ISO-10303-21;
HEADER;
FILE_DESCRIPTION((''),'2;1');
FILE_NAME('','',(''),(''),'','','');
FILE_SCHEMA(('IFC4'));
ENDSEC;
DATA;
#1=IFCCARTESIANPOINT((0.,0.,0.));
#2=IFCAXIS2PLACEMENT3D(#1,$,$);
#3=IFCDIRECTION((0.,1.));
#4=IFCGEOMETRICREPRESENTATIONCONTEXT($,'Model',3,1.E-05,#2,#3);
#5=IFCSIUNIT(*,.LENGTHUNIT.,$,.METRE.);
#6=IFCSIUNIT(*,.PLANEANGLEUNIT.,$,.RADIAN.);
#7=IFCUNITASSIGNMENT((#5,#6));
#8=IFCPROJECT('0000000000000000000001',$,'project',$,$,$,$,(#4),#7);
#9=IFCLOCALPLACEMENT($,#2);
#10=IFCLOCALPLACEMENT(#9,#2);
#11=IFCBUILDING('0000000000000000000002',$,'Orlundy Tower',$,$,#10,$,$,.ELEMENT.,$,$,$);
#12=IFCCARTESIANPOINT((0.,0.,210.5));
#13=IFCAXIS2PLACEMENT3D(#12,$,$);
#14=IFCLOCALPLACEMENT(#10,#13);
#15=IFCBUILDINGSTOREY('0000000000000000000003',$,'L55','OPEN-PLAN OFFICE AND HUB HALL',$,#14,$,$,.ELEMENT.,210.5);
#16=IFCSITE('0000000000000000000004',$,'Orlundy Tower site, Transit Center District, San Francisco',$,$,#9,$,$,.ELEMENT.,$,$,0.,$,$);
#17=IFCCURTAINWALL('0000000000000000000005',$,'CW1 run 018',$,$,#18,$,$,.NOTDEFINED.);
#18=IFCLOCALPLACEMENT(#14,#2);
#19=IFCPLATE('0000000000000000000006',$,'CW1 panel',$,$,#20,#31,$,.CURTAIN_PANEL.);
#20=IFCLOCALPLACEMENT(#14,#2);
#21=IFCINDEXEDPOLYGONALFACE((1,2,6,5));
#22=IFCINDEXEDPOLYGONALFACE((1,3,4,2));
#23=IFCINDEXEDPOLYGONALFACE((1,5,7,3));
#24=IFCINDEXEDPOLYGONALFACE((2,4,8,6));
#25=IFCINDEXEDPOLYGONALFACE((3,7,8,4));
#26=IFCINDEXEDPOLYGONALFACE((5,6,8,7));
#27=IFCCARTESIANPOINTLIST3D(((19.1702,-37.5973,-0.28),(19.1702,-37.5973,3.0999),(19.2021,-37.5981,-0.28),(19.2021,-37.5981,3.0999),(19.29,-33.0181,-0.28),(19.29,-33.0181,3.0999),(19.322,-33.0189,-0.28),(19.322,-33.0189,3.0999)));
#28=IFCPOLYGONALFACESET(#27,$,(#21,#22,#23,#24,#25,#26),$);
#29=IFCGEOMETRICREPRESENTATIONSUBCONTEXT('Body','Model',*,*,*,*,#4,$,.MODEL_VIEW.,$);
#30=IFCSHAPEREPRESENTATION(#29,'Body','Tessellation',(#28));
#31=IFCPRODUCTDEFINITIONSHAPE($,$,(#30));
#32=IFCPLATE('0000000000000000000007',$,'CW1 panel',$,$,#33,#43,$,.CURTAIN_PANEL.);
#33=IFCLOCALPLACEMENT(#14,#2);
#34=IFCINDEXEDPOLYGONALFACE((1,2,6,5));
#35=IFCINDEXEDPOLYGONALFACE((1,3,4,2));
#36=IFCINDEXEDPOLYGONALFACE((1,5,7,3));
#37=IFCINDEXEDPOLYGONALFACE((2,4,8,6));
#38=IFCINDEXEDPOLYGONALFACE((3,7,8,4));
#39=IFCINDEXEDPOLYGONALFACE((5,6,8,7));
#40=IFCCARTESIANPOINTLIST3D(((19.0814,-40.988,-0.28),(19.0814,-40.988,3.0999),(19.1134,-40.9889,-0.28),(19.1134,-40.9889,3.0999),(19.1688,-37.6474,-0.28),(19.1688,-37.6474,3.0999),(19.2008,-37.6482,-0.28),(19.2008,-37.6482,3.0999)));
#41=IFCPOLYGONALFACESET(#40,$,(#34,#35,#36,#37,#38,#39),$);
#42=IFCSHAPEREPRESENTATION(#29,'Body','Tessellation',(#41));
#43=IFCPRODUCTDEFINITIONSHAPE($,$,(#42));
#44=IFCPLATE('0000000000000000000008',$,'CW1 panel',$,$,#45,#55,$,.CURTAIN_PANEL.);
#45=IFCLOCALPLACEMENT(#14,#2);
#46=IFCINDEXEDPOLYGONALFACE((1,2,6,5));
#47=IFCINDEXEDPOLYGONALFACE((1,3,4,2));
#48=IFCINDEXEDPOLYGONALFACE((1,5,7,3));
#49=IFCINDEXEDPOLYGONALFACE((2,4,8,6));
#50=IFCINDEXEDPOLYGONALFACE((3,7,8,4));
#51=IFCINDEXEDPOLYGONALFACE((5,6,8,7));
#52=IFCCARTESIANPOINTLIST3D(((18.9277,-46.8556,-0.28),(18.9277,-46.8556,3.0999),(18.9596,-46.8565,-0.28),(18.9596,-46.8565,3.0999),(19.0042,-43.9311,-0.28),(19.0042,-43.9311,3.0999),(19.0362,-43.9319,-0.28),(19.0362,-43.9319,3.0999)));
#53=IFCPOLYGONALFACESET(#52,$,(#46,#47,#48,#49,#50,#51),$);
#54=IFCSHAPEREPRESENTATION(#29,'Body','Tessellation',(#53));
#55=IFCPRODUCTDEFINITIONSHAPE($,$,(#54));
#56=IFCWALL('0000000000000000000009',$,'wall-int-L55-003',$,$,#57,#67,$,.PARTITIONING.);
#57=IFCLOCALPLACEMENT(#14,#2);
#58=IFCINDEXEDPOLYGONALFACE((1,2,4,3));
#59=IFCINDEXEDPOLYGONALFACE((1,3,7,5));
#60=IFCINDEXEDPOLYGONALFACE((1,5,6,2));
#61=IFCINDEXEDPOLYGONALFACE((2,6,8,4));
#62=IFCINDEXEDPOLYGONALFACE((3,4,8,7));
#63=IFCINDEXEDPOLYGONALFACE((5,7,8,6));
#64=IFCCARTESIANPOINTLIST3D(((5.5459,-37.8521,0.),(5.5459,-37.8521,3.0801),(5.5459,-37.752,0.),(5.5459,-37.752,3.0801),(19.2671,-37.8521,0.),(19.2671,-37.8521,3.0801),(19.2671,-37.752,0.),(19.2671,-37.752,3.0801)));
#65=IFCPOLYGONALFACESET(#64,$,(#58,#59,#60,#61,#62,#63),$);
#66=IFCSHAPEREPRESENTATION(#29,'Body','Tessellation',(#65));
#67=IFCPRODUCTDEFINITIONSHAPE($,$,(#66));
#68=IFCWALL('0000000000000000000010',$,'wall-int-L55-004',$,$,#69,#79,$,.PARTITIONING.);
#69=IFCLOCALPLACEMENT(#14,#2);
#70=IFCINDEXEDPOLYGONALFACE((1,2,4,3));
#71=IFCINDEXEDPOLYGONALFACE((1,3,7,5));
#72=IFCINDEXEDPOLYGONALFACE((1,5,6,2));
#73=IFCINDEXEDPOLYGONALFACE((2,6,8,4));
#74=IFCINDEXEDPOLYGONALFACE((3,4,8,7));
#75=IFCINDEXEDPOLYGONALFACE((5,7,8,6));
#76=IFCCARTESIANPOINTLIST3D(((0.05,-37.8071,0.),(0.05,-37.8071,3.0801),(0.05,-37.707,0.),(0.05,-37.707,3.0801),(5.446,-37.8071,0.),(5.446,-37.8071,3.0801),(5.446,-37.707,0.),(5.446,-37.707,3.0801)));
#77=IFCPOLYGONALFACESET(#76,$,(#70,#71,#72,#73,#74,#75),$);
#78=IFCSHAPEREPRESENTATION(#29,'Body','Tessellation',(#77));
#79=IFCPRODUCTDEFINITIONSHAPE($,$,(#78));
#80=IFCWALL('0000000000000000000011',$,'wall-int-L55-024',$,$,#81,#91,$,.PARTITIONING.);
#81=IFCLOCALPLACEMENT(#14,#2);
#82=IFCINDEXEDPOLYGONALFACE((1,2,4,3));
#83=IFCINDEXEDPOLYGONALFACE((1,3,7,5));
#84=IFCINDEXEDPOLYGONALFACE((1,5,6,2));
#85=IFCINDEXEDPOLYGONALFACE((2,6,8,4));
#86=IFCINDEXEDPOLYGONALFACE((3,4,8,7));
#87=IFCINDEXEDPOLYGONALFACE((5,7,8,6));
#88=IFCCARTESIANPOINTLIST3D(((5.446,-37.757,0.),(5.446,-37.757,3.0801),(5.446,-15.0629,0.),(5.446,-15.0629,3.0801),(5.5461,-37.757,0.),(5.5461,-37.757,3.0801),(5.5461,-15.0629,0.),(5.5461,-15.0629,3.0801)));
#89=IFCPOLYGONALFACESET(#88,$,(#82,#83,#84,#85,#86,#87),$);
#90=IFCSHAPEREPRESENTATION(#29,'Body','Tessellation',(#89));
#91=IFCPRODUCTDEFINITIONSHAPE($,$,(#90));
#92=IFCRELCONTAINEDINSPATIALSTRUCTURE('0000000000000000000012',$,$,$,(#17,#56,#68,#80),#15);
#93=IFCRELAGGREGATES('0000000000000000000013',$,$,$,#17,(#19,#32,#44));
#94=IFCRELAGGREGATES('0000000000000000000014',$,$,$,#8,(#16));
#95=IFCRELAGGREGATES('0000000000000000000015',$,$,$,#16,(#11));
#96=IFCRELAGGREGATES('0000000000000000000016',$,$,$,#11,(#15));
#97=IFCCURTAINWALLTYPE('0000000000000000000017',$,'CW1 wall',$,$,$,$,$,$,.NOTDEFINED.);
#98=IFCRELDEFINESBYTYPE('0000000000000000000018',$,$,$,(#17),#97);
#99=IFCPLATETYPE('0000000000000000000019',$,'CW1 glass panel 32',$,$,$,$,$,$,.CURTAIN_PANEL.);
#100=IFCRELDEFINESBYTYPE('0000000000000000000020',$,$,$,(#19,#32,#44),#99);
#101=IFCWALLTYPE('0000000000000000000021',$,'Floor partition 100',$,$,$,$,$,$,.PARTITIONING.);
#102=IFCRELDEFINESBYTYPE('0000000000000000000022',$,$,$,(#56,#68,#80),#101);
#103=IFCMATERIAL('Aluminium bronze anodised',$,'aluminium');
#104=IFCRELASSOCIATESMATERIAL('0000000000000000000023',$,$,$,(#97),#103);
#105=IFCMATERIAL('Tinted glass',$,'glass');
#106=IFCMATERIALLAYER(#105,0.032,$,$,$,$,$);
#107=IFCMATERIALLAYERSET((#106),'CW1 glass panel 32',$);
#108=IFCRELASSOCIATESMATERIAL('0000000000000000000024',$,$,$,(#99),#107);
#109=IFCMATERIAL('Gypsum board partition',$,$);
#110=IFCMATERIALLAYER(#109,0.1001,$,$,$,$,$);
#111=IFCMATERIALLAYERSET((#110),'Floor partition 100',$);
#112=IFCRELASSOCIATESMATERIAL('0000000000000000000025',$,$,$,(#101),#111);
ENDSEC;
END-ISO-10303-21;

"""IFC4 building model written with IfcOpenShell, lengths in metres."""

from ifc_helpers import new_model, si_unit, direction, frame, frame_2d, origin, origin_2d, place, context, subcontext, project, spatial, rectangle, extrude, material, layer, layer_set, type_object, element, aggregate, save


model = new_model("IFC4")

# Units and contexts
model_context = context("Model", 3, precision=1e-05, world=origin(), true_north=direction((0.0, 1.0)))
body_context = subcontext(model_context, "Body", "Model", "MODEL_VIEW")
ifc_project = project(units=[si_unit("LENGTHUNIT", "METRE"), si_unit("PLANEANGLEUNIT", "RADIAN")], contexts=[model_context])

# Site, building, storey
site_placement = place(None, origin())
site = spatial("IfcSite", under=ifc_project, at=site_placement, Name="Orlundy Tower site, Transit Center District, San Francisco", CompositionType="ELEMENT", RefElevation=0.0)
building_placement = place(site_placement, origin())
building = spatial("IfcBuilding", under=site, at=building_placement, Name="Orlundy Tower", CompositionType="ELEMENT")
storey_placement = place(building_placement, frame((0.0, 0.0, 210.5)))
storey = spatial("IfcBuildingStorey", under=building, at=storey_placement, Name="L55", Description="OPEN-PLAN OFFICE AND HUB HALL", CompositionType="ELEMENT", Elevation=210.5)

# Curtain wall, plates
ifc_material_1 = material(Name="Aluminium bronze anodised", Category="aluminium")
curtain_wall_type = type_object("IfcCurtainWallType", Name="CW1 wall", PredefinedType="NOTDEFINED", material=ifc_material_1)
curtain_wall_placement = place(storey_placement, origin())
curtain_wall = element("IfcCurtainWall", 1, at=curtain_wall_placement, inside=storey, type_object=curtain_wall_type, Name="CW1 run 018", PredefinedType="NOTDEFINED")
ifc_material_2 = material(Name="Tinted glass", Category="glass")
ifc_layer_1 = layer(ifc_material_2, 0.032)
ifc_layer_set_1 = layer_set([ifc_layer_1], Name="CW1 glass panel 32")
plate_type = type_object("IfcPlateType", Name="CW1 glass panel 32", PredefinedType="CURTAIN_PANEL", material=ifc_layer_set_1)
plate_1_placement = place(storey_placement, frame((19.2461, -35.3081, -0.28), z_axis=(0.0, 0.0, 1.0), x_axis=(-0.026166, -0.999658, 0.0)))
plate_1 = element("IfcPlate", 2, at=plate_1_placement, type_object=plate_type, Name="CW1 panel", PredefinedType="CURTAIN_PANEL", context=body_context, shape_type="SweptSolid", body=[
    extrude(rectangle(XDim=4.5808, YDim=0.032, at=origin_2d()), origin(), (0.0, 0.0, 1.0), 3.3799),
])
plate_2_placement = place(storey_placement, frame((19.1411, -39.3181, -0.28), z_axis=(0.0, 0.0, 1.0), x_axis=(-0.026166, -0.999658, 0.0)))
plate_2 = element("IfcPlate", 3, at=plate_2_placement, type_object=plate_type, Name="CW1 panel", PredefinedType="CURTAIN_PANEL", context=body_context, shape_type="SweptSolid", body=[
    extrude(rectangle(XDim=3.3418, YDim=0.032, at=origin_2d()), origin(), (0.0, 0.0, 1.0), 3.3799),
])
plate_3_placement = place(storey_placement, frame((18.9819, -45.3938, -0.28), z_axis=(0.0, 0.0, 1.0), x_axis=(-0.026166, -0.999658, 0.0)))
plate_3 = element("IfcPlate", 4, at=plate_3_placement, type_object=plate_type, Name="CW1 panel", PredefinedType="CURTAIN_PANEL", context=body_context, shape_type="SweptSolid", body=[
    extrude(rectangle(XDim=2.9255, YDim=0.032, at=origin_2d()), origin(), (0.0, 0.0, 1.0), 3.3799),
])
aggregate(curtain_wall, [plate_1, plate_2, plate_3])

# Walls
ifc_material_3 = material(Name="Gypsum board partition")
ifc_layer_2 = layer(ifc_material_3, 0.1001)
ifc_layer_set_2 = layer_set([ifc_layer_2], Name="Floor partition 100")
wall_type = type_object("IfcWallType", Name="Floor partition 100", PredefinedType="PARTITIONING", material=ifc_layer_set_2)
wall_1_placement = place(storey_placement, frame((5.5459, -37.802, 0.0), z_axis=(0.0, 0.0, 1.0), x_axis=(1.0, 0.0, 0.0)))
element("IfcWall", 5, at=wall_1_placement, inside=storey, type_object=wall_type, Name="wall-int-L55-003", PredefinedType="PARTITIONING", context=body_context, shape_type="SweptSolid", body=[
    extrude(rectangle(XDim=13.7212, YDim=0.1001, at=frame_2d((6.8606, 0.0))), origin(), (0.0, 0.0, 1.0), 3.0801),
])
wall_2_placement = place(storey_placement, frame((0.05, -37.7571, 0.0), z_axis=(0.0, 0.0, 1.0), x_axis=(1.0, 0.0, 0.0)))
element("IfcWall", 6, at=wall_2_placement, inside=storey, type_object=wall_type, Name="wall-int-L55-004", PredefinedType="PARTITIONING", context=body_context, shape_type="SweptSolid", body=[
    extrude(rectangle(XDim=5.396, YDim=0.1001, at=frame_2d((2.698, 0.0))), origin(), (0.0, 0.0, 1.0), 3.0801),
])
wall_3_placement = place(storey_placement, frame((5.4961, -37.7571, 0.0), z_axis=(0.0, 0.0, 1.0), x_axis=(0.0, 1.0, 0.0)))
element("IfcWall", 7, at=wall_3_placement, inside=storey, type_object=wall_type, Name="wall-int-L55-024", PredefinedType="PARTITIONING", context=body_context, shape_type="SweptSolid", body=[
    extrude(rectangle(XDim=22.6941, YDim=0.1001, at=frame_2d((11.3472, 0.0))), origin(), (0.0, 0.0, 1.0), 3.0801),
])

save(model, "model.ifc")
